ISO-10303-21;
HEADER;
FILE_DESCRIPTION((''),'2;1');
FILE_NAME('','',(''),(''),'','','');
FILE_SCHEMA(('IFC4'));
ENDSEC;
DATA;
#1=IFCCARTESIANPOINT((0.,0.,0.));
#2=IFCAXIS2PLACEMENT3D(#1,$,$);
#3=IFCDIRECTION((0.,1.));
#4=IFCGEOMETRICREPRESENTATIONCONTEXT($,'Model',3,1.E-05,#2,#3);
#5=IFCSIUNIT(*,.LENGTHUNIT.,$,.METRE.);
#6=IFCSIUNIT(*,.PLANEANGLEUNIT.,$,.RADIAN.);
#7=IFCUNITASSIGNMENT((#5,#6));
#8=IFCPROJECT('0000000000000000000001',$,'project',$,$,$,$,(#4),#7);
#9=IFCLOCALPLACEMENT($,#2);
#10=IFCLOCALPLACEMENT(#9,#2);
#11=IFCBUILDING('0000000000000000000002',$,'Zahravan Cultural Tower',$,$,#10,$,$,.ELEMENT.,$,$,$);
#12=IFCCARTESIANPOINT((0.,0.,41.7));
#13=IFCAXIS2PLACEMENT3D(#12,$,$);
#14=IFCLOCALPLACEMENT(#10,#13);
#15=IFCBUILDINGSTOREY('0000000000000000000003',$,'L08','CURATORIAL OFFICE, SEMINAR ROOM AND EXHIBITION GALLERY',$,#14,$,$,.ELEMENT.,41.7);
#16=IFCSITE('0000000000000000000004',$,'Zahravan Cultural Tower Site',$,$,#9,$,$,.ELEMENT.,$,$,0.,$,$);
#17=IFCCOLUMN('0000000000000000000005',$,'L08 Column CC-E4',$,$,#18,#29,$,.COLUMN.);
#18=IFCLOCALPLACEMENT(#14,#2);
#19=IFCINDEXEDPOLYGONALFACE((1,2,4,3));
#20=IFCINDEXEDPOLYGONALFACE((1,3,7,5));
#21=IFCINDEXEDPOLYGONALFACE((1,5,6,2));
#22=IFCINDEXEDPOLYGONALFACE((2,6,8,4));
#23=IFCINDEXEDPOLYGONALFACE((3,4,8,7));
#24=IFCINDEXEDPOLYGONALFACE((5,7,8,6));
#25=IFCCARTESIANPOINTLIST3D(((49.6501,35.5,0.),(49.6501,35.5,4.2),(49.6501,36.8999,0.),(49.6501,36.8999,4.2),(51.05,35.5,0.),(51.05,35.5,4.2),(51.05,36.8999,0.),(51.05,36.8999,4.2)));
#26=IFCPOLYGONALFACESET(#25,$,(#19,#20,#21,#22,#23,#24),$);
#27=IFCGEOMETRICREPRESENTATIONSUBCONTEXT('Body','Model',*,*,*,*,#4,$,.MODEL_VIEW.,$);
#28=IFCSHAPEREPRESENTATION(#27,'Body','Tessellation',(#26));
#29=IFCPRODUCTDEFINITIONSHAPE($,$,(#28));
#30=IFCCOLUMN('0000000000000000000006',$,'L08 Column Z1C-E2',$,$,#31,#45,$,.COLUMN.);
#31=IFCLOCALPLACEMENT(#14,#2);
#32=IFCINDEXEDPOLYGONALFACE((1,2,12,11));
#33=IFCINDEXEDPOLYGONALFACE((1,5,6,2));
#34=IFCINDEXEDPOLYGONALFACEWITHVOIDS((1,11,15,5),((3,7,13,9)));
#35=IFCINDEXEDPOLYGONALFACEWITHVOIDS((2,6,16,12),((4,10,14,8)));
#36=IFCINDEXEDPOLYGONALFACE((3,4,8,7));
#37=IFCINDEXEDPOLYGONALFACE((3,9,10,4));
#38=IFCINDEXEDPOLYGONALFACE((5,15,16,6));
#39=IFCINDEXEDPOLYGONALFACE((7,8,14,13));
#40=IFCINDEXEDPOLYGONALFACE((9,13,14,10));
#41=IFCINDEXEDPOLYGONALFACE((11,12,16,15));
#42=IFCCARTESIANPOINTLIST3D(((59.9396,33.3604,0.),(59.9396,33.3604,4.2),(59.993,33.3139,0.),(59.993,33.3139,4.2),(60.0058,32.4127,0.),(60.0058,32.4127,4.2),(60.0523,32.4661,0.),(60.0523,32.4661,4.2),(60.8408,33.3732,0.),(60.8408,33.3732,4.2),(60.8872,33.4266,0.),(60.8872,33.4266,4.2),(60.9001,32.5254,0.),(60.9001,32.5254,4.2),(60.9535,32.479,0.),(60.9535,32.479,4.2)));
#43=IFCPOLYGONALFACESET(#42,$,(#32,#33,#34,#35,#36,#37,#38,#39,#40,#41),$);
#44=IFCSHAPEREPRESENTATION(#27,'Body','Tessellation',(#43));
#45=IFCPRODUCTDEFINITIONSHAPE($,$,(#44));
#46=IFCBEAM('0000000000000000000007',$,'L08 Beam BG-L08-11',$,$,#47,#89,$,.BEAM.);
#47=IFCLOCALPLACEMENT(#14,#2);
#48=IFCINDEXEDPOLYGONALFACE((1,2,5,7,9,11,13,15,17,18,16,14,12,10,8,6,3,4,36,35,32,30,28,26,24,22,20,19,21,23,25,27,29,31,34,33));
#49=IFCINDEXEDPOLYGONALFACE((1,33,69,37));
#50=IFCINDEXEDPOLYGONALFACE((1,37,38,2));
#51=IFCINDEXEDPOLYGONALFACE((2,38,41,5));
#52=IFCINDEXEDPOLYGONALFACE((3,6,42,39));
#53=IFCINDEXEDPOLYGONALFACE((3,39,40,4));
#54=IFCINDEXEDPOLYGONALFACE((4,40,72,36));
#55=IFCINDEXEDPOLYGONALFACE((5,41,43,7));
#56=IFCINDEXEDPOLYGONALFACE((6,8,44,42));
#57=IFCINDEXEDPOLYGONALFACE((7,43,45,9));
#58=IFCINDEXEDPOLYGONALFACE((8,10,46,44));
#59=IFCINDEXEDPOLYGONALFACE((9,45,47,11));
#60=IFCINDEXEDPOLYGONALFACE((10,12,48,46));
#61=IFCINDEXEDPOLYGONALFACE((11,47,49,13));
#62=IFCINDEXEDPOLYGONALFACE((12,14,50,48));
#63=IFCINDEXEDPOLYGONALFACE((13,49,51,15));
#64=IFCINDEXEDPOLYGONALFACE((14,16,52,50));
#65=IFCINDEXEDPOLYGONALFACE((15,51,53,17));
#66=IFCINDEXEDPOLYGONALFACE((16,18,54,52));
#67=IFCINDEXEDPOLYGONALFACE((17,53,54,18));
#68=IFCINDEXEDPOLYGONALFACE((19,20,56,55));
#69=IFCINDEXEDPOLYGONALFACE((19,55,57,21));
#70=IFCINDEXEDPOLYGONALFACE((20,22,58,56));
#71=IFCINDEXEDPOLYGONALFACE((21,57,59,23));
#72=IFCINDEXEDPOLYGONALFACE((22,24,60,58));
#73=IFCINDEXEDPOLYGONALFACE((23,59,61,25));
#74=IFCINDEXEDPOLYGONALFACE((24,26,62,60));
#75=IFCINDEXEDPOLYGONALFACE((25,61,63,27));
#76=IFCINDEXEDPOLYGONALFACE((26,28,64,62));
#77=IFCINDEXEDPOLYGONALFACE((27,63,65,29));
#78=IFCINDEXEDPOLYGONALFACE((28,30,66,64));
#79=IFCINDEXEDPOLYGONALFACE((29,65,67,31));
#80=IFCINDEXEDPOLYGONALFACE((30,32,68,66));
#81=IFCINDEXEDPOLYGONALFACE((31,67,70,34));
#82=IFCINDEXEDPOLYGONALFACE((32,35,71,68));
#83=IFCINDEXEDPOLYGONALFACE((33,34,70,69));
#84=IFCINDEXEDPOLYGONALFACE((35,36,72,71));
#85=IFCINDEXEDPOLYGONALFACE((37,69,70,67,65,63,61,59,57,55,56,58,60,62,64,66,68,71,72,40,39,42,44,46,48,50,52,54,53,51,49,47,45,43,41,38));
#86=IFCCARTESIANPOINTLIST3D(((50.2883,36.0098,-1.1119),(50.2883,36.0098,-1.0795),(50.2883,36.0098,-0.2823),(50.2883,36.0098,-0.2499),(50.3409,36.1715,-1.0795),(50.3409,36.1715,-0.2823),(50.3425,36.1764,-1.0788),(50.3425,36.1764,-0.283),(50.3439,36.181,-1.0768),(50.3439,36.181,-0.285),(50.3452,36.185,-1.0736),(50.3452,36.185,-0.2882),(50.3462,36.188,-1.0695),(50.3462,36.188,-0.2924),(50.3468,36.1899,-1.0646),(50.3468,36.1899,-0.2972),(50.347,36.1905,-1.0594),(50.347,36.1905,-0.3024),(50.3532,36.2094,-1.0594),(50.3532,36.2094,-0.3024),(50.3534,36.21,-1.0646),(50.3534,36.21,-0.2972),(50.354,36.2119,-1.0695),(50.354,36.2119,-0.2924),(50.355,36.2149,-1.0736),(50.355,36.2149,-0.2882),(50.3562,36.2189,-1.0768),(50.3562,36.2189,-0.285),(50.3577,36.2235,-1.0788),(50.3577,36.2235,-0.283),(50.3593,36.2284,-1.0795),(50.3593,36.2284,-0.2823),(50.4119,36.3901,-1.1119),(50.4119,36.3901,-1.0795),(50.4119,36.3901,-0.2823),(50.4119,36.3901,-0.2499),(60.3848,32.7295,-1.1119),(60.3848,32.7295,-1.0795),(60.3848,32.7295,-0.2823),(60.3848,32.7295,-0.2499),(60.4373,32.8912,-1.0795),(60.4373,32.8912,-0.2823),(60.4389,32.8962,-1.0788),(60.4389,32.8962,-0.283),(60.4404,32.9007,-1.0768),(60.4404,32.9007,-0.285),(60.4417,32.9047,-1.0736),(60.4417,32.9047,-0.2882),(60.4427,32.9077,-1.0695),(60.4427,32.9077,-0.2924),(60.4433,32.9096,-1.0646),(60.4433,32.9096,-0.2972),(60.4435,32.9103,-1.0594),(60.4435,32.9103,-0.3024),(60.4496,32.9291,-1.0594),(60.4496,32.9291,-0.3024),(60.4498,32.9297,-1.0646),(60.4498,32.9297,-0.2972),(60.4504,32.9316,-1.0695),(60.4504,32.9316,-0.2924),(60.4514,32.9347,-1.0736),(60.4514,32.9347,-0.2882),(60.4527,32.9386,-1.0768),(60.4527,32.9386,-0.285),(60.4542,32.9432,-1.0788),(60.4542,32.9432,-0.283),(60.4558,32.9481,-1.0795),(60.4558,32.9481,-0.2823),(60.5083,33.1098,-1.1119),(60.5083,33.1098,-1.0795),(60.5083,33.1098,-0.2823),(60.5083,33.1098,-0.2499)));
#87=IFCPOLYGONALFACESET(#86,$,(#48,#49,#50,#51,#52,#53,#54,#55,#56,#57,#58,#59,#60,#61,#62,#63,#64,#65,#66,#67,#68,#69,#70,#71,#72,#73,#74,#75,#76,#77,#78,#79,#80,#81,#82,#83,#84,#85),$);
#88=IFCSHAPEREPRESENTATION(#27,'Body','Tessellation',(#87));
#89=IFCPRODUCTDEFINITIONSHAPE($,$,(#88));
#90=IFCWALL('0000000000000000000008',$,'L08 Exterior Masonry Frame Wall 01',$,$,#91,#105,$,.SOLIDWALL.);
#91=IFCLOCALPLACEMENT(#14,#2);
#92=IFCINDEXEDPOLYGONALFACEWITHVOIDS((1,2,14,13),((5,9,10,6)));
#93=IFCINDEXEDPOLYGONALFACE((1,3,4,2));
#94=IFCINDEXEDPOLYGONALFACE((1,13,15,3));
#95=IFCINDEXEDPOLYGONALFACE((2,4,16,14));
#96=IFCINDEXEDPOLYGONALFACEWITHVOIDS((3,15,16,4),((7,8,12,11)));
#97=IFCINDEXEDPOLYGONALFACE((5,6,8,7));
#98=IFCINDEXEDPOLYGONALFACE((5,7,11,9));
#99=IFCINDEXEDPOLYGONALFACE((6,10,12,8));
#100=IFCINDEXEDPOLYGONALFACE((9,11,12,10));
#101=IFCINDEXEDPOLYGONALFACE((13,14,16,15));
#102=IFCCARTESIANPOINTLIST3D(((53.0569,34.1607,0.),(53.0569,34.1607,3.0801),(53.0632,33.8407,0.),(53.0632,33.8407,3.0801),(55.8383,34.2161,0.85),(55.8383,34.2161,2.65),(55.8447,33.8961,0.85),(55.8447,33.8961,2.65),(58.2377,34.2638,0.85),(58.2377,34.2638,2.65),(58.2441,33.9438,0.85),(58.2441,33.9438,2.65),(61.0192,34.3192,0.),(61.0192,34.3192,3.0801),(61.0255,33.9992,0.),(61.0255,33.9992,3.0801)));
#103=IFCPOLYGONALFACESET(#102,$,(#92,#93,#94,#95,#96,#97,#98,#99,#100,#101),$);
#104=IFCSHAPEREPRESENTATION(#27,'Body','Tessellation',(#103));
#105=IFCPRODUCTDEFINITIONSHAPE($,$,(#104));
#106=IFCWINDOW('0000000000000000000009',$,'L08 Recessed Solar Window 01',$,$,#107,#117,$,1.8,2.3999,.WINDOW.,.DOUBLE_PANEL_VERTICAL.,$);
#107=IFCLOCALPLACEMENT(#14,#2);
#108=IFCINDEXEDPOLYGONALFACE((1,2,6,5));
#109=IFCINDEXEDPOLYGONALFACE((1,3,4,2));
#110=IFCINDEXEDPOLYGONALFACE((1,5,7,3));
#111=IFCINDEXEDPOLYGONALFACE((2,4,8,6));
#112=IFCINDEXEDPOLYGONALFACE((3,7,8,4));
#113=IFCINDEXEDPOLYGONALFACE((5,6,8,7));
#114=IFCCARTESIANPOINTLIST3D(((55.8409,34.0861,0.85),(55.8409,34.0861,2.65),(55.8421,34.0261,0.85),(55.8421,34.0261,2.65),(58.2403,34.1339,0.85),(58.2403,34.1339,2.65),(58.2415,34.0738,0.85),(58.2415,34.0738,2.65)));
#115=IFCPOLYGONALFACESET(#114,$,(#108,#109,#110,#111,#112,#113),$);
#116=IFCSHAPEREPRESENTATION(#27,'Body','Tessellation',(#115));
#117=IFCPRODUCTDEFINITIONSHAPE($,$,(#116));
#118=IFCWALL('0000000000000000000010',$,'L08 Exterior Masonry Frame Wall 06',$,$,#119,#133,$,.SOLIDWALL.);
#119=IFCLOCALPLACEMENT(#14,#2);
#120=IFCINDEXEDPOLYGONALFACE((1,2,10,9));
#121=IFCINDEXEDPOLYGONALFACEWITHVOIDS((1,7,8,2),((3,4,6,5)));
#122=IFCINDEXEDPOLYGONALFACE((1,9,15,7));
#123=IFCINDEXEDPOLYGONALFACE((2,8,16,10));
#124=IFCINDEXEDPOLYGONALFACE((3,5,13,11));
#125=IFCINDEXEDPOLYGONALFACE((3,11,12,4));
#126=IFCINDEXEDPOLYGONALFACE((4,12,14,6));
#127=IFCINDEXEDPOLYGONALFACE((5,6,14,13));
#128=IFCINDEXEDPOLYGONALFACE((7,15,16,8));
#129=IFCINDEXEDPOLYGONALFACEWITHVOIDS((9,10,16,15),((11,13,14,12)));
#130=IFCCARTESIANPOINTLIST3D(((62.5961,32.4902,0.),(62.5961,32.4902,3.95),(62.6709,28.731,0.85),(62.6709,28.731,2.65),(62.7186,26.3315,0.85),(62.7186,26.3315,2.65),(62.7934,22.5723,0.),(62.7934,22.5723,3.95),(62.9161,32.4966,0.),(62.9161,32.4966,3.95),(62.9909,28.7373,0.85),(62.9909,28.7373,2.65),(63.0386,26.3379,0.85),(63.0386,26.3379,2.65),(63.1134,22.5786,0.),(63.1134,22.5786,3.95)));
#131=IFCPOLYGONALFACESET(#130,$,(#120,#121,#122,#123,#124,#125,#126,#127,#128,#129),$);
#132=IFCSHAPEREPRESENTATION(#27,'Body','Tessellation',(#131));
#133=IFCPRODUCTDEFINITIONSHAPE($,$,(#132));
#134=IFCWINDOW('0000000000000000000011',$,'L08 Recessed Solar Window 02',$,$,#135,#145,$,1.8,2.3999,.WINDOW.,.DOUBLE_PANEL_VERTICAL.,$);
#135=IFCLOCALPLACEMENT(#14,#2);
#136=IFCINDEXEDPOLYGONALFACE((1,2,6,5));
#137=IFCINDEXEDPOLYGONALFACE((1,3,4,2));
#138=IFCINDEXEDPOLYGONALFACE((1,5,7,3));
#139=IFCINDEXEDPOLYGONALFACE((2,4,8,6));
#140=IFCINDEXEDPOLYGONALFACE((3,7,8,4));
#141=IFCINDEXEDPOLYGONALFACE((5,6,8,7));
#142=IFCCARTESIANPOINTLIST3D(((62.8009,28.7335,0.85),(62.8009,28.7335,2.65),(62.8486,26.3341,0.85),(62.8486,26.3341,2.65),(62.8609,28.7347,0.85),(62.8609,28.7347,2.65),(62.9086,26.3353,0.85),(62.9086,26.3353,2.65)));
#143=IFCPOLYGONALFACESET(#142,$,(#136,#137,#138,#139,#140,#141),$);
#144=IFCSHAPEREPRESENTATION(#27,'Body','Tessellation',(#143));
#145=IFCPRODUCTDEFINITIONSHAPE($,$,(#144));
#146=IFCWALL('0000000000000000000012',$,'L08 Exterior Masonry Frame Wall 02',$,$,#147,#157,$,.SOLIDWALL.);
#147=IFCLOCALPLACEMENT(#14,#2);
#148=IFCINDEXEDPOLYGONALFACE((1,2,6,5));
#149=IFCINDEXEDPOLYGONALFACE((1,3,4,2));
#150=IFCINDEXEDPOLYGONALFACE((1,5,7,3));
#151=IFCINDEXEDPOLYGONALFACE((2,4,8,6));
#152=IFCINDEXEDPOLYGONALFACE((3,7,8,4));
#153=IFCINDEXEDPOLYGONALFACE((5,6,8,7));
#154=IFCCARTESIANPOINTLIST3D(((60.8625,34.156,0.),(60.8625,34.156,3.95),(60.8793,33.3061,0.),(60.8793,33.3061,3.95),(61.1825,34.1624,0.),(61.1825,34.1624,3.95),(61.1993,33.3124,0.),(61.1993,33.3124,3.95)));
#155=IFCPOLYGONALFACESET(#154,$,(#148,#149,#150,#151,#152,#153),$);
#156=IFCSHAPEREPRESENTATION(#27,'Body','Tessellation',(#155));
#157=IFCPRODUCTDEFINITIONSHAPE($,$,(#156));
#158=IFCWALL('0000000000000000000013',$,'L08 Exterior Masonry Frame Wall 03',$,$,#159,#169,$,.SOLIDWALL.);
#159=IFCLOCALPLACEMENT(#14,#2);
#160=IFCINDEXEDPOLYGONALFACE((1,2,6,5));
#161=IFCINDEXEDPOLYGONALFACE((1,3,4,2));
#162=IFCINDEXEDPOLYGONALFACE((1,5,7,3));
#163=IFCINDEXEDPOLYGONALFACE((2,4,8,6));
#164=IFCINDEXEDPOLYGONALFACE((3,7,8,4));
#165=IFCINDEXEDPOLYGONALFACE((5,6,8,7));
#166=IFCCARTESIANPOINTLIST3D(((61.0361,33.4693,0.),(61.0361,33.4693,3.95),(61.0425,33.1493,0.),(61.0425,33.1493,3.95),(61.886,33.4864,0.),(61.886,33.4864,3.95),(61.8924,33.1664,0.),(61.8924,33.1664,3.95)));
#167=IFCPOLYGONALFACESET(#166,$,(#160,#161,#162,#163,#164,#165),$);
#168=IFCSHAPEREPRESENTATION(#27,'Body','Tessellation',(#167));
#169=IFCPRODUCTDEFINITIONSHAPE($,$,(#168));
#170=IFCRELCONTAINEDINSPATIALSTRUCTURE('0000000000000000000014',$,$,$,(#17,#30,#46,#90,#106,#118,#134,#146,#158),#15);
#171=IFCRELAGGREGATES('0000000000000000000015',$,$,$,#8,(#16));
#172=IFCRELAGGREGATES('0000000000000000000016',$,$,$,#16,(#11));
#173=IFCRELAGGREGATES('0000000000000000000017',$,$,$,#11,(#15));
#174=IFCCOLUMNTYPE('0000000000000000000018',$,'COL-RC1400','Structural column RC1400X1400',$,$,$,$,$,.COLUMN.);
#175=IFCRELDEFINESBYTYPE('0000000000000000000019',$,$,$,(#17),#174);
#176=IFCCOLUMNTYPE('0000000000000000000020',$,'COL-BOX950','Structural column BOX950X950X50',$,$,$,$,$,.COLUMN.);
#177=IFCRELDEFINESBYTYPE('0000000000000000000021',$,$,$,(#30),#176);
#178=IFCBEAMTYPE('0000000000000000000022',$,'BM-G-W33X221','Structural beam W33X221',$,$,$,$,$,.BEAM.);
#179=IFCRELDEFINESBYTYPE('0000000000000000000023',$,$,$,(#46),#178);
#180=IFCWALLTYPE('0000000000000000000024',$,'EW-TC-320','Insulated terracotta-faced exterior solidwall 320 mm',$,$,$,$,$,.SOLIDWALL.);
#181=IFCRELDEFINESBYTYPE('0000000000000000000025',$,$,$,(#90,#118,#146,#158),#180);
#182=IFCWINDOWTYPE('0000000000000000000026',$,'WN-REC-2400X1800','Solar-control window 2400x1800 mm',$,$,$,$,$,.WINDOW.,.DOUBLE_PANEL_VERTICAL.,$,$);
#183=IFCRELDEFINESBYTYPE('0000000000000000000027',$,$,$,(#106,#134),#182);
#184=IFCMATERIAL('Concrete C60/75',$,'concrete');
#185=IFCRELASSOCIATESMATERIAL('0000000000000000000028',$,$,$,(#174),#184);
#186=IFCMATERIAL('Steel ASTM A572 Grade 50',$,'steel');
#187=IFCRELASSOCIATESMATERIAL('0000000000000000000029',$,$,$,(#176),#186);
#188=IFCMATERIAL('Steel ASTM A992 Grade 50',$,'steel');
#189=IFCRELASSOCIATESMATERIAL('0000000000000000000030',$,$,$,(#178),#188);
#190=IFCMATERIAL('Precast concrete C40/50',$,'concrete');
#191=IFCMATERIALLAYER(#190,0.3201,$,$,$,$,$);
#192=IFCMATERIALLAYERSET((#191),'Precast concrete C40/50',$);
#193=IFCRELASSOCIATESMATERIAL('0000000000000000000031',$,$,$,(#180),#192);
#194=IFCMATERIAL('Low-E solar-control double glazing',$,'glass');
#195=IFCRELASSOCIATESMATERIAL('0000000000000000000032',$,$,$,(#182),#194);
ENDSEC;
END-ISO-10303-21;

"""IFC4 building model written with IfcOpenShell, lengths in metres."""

from ifc_helpers import new_model, si_unit, direction, frame, frame_2d, origin, origin_2d, place, context, subcontext, project, spatial, rectangle, hollow_rectangle, i_section, extrude, source, transform, mapped, material, layer, layer_set, material_profile, profile_set, type_object, element, fill, save


model = new_model("IFC4")

# Units and contexts
model_context = context("Model", 3, precision=1e-05, world=origin(), true_north=direction((0.0, 1.0)))
body_context = subcontext(model_context, "Body", "Model", "MODEL_VIEW")
ifc_project = project(units=[si_unit("LENGTHUNIT", "METRE"), si_unit("PLANEANGLEUNIT", "RADIAN")], contexts=[model_context])

# Site, building, storey
site_placement = place(None, origin())
site = spatial("IfcSite", under=ifc_project, at=site_placement, Name="Zahravan Cultural Tower Site", CompositionType="ELEMENT", RefElevation=0.0)
building_placement = place(site_placement, origin())
building = spatial("IfcBuilding", under=site, at=building_placement, Name="Zahravan Cultural Tower", CompositionType="ELEMENT")
storey_placement = place(building_placement, frame((0.0, 0.0, 41.7)))
storey = spatial("IfcBuildingStorey", under=building, at=storey_placement, Name="L08", Description="CURATORIAL OFFICE, SEMINAR ROOM AND EXHIBITION GALLERY", CompositionType="ELEMENT", Elevation=41.7)

# Columns
ifc_material_1 = material(Name="Concrete C60/75", Category="concrete")
ifc_material_profile_1 = material_profile(ifc_material_1, rectangle(XDim=1.3999, YDim=1.3999, at=origin_2d()), Name="RC1400X1400")
ifc_profile_set_1 = profile_set([ifc_material_profile_1], Name="Concrete C60/75")
column_type_1 = type_object("IfcColumnType", Name="COL-RC1400", Description="Structural column RC1400X1400", PredefinedType="COLUMN", material=ifc_profile_set_1)
shared_shape_1 = source(origin(), body_context, "Body", "SweptSolid", [
    extrude(rectangle(XDim=1.3999, YDim=1.3999, at=origin_2d()), origin(), (0.0, 0.0, 1.0), 4.2),
])
column_1_placement = place(storey_placement, frame((50.3501, 36.2, 0.0), z_axis=(0.0, 0.0, 1.0), x_axis=(1.0, 0.0, 0.0)))
element("IfcColumn", 1, at=column_1_placement, inside=storey, type_object=column_type_1, Name="L08 Column CC-E4", PredefinedType="COLUMN", context=body_context, shape_type="MappedRepresentation", body=[
    mapped(shared_shape_1, transform((0.0, 0.0, 0.0), x_axis=(1.0, 0.0, 0.0), y_axis=(0.0, 1.0, 0.0), z_axis=(0.0, 0.0, 1.0), scale=1.0)),
])
ifc_material_2 = material(Name="Steel ASTM A572 Grade 50", Category="steel")
ifc_material_profile_2 = material_profile(ifc_material_2, hollow_rectangle(XDim=0.95, YDim=0.95, WallThickness=0.05, at=origin_2d()), Name="BOX950X950X50")
ifc_profile_set_2 = profile_set([ifc_material_profile_2], Name="Steel ASTM A572 Grade 50")
column_type_2 = type_object("IfcColumnType", Name="COL-BOX950", Description="Structural column BOX950X950X50", PredefinedType="COLUMN", material=ifc_profile_set_2)
shared_shape_2 = source(origin(), body_context, "Body", "SweptSolid", [
    extrude(hollow_rectangle(XDim=0.95, YDim=0.95, WallThickness=0.05, at=origin_2d()), origin(), (0.0, 0.0, 1.0), 4.2),
])
column_2_placement = place(storey_placement, frame((60.4465, 32.9197, 0.0), z_axis=(0.0, 0.0, 1.0), x_axis=(0.997564, 0.069756, 0.0)))
element("IfcColumn", 2, at=column_2_placement, inside=storey, type_object=column_type_2, Name="L08 Column Z1C-E2", PredefinedType="COLUMN", context=body_context, shape_type="MappedRepresentation", body=[
    mapped(shared_shape_2, transform((0.0, 0.0, 0.0), x_axis=(1.0, 0.0, 0.0), y_axis=(0.0, 1.0, 0.0), z_axis=(0.0, 0.0, 1.0), scale=1.0)),
])

# Beam
ifc_material_3 = material(Name="Steel ASTM A992 Grade 50", Category="steel")
ifc_material_profile_3 = material_profile(ifc_material_3, i_section(OverallWidth=0.3999, OverallDepth=0.8621, WebThickness=0.0198, FlangeThickness=0.0325, FilletRadius=0.02, at=origin_2d()), Name="W33X221")
ifc_profile_set_3 = profile_set([ifc_material_profile_3], Name="Steel ASTM A992 Grade 50")
beam_type = type_object("IfcBeamType", Name="BM-G-W33X221", Description="Structural beam W33X221", PredefinedType="BEAM", material=ifc_profile_set_3)
shared_shape_3 = source(origin(), body_context, "Body", "SweptSolid", [
    extrude(i_section(OverallWidth=0.3999, OverallDepth=0.8621, WebThickness=0.0198, FlangeThickness=0.0325, FilletRadius=0.02, at=origin_2d()), origin(), (0.0, 0.0, 1.0), 10.616),
])
beam_placement = place(storey_placement, frame((50.3501, 36.2, -0.6809), z_axis=(0.951064, -0.308995, 0.0), x_axis=(0.308995, 0.951064, 0.0)))
element("IfcBeam", 3, at=beam_placement, inside=storey, type_object=beam_type, Name="L08 Beam BG-L08-11", PredefinedType="BEAM", context=body_context, shape_type="MappedRepresentation", body=[
    mapped(shared_shape_3, transform((0.0, 0.0, 0.0), x_axis=(1.0, 0.0, 0.0), y_axis=(0.0, 1.0, 0.0), z_axis=(0.0, 0.0, 1.0), scale=1.0)),
])

# Walls, openings, windows
ifc_material_4 = material(Name="Precast concrete C40/50", Category="concrete")
ifc_layer_1 = layer(ifc_material_4, 0.3201)
ifc_layer_set_1 = layer_set([ifc_layer_1], Name="Precast concrete C40/50")
wall_type_1 = type_object("IfcWallType", Name="EW-TC-320", Description="Insulated terracotta-faced exterior solidwall 320 mm", PredefinedType="SOLIDWALL", material=ifc_layer_set_1)
wall_1_placement = place(storey_placement, frame((53.0601, 34.0007, 0.0), z_axis=(0.0, 0.0, 1.0), x_axis=(0.999802, 0.019895, 0.0)))
wall_1 = element("IfcWall", 4, at=wall_1_placement, inside=storey, type_object=wall_type_1, Name="L08 Exterior Masonry Frame Wall 01", PredefinedType="SOLIDWALL", context=body_context, shape_type="SweptSolid", body=[
    extrude(rectangle(XDim=7.9639, YDim=0.3201, at=frame_2d((3.9819, 0.0))), origin(), (0.0, 0.0, 1.0), 3.0801),
])
opening_1_placement = place(wall_1_placement, frame((2.782, 0.0, 0.8501)))
opening_1 = element("IfcOpeningElement", 5, at=opening_1_placement, cuts=wall_1, PredefinedType="OPENING", context=body_context, shape_type="SweptSolid", body=[
    extrude(rectangle(XDim=2.3999, YDim=1.8, at=frame_2d((1.2, 0.8999))), frame((0.0, 0.1699, 0.0), z_axis=(0.0, -1.0, 0.0), x_axis=(1.0, 0.0, 0.0)), (0.0, 0.0, 1.0), 0.3401),
])
ifc_material_5 = material(Name="Low-E solar-control double glazing", Category="glass")
window_type = type_object("IfcWindowType", Name="WN-REC-2400X1800", Description="Solar-control window 2400x1800 mm", PartitioningType="DOUBLE_PANEL_VERTICAL", PredefinedType="WINDOW", material=ifc_material_5)
shared_shape_4 = source(origin(), body_context, "Body", "SweptSolid", [
    extrude(rectangle(XDim=2.3999, YDim=1.8, at=frame_2d((1.2, 0.8999))), frame((0.0, 0.03, 0.0), z_axis=(0.0, -1.0, 0.0), x_axis=(1.0, 0.0, 0.0)), (0.0, 0.0, 1.0), 0.0601),
])
window_1_placement = place(opening_1_placement, origin())
window_1 = element("IfcWindow", 6, at=window_1_placement, inside=storey, type_object=window_type, Name="L08 Recessed Solar Window 01", OverallHeight=1.8, OverallWidth=2.3999, PartitioningType="DOUBLE_PANEL_VERTICAL", PredefinedType="WINDOW", context=body_context, shape_type="MappedRepresentation", body=[
    mapped(shared_shape_4, transform((0.0, 0.0, 0.0), x_axis=(1.0, 0.0, 0.0), y_axis=(0.0, 1.0, 0.0), z_axis=(0.0, 0.0, 1.0), scale=1.0)),
])
fill(opening_1, window_1)
wall_2_placement = place(storey_placement, frame((62.7561, 32.4934, 0.0), z_axis=(0.0, 0.0, 1.0), x_axis=(0.019886, -0.999802, 0.0)))
wall_2 = element("IfcWall", 7, at=wall_2_placement, inside=storey, type_object=wall_type_1, Name="L08 Exterior Masonry Frame Wall 06", PredefinedType="SOLIDWALL", context=body_context, shape_type="SweptSolid", body=[
    extrude(rectangle(XDim=9.9199, YDim=0.3201, at=frame_2d((4.96, 0.0))), origin(), (0.0, 0.0, 1.0), 3.95),
])
opening_2_placement = place(wall_2_placement, frame((3.76, 0.0, 0.8501)))
opening_2 = element("IfcOpeningElement", 8, at=opening_2_placement, cuts=wall_2, PredefinedType="OPENING", context=body_context, shape_type="SweptSolid", body=[
    extrude(rectangle(XDim=2.3999, YDim=1.8, at=frame_2d((1.2, 0.8999))), frame((0.0, 0.1699, 0.0), z_axis=(0.0, -1.0, 0.0), x_axis=(1.0, 0.0, 0.0)), (0.0, 0.0, 1.0), 0.3401),
])
window_2_placement = place(opening_2_placement, origin())
window_2 = element("IfcWindow", 9, at=window_2_placement, inside=storey, type_object=window_type, Name="L08 Recessed Solar Window 02", OverallHeight=1.8, OverallWidth=2.3999, PartitioningType="DOUBLE_PANEL_VERTICAL", PredefinedType="WINDOW", context=body_context, shape_type="MappedRepresentation", body=[
    mapped(shared_shape_4, transform((0.0, 0.0, 0.0), x_axis=(1.0, 0.0, 0.0), y_axis=(0.0, 1.0, 0.0), z_axis=(0.0, 0.0, 1.0), scale=1.0)),
])
fill(opening_2, window_2)

# Walls
shared_shape_5 = source(origin(), body_context, "Body", "SweptSolid", [
    extrude(rectangle(XDim=0.8501, YDim=0.3201, at=frame_2d((0.425, 0.0))), origin(), (0.0, 0.0, 1.0), 3.95),
])
for number, where, z_axis, x_axis, name in (
    (10, (61.0225, 34.1592, 0.0), (0.0, 0.0, 1.0), (0.019818, -0.999804, 0.0), "L08 Exterior Masonry Frame Wall 02"),
    (11, (61.0393, 33.3093, 0.0), (0.0, 0.0, 1.0), (0.999798, 0.020105, 0.0), "L08 Exterior Masonry Frame Wall 03"),
):
    element("IfcWall", number, at=place(storey_placement, frame(where, z_axis=z_axis, x_axis=x_axis)), inside=storey, type_object=wall_type_1, Name=name, PredefinedType="SOLIDWALL", context=body_context, shape_type="MappedRepresentation", body=[
        mapped(shared_shape_5, transform((0.0, 0.0, 0.0), x_axis=(1.0, 0.0, 0.0), y_axis=(0.0, 1.0, 0.0), z_axis=(0.0, 0.0, 1.0), scale=1.0)),
    ])

save(model, "model.ifc")
